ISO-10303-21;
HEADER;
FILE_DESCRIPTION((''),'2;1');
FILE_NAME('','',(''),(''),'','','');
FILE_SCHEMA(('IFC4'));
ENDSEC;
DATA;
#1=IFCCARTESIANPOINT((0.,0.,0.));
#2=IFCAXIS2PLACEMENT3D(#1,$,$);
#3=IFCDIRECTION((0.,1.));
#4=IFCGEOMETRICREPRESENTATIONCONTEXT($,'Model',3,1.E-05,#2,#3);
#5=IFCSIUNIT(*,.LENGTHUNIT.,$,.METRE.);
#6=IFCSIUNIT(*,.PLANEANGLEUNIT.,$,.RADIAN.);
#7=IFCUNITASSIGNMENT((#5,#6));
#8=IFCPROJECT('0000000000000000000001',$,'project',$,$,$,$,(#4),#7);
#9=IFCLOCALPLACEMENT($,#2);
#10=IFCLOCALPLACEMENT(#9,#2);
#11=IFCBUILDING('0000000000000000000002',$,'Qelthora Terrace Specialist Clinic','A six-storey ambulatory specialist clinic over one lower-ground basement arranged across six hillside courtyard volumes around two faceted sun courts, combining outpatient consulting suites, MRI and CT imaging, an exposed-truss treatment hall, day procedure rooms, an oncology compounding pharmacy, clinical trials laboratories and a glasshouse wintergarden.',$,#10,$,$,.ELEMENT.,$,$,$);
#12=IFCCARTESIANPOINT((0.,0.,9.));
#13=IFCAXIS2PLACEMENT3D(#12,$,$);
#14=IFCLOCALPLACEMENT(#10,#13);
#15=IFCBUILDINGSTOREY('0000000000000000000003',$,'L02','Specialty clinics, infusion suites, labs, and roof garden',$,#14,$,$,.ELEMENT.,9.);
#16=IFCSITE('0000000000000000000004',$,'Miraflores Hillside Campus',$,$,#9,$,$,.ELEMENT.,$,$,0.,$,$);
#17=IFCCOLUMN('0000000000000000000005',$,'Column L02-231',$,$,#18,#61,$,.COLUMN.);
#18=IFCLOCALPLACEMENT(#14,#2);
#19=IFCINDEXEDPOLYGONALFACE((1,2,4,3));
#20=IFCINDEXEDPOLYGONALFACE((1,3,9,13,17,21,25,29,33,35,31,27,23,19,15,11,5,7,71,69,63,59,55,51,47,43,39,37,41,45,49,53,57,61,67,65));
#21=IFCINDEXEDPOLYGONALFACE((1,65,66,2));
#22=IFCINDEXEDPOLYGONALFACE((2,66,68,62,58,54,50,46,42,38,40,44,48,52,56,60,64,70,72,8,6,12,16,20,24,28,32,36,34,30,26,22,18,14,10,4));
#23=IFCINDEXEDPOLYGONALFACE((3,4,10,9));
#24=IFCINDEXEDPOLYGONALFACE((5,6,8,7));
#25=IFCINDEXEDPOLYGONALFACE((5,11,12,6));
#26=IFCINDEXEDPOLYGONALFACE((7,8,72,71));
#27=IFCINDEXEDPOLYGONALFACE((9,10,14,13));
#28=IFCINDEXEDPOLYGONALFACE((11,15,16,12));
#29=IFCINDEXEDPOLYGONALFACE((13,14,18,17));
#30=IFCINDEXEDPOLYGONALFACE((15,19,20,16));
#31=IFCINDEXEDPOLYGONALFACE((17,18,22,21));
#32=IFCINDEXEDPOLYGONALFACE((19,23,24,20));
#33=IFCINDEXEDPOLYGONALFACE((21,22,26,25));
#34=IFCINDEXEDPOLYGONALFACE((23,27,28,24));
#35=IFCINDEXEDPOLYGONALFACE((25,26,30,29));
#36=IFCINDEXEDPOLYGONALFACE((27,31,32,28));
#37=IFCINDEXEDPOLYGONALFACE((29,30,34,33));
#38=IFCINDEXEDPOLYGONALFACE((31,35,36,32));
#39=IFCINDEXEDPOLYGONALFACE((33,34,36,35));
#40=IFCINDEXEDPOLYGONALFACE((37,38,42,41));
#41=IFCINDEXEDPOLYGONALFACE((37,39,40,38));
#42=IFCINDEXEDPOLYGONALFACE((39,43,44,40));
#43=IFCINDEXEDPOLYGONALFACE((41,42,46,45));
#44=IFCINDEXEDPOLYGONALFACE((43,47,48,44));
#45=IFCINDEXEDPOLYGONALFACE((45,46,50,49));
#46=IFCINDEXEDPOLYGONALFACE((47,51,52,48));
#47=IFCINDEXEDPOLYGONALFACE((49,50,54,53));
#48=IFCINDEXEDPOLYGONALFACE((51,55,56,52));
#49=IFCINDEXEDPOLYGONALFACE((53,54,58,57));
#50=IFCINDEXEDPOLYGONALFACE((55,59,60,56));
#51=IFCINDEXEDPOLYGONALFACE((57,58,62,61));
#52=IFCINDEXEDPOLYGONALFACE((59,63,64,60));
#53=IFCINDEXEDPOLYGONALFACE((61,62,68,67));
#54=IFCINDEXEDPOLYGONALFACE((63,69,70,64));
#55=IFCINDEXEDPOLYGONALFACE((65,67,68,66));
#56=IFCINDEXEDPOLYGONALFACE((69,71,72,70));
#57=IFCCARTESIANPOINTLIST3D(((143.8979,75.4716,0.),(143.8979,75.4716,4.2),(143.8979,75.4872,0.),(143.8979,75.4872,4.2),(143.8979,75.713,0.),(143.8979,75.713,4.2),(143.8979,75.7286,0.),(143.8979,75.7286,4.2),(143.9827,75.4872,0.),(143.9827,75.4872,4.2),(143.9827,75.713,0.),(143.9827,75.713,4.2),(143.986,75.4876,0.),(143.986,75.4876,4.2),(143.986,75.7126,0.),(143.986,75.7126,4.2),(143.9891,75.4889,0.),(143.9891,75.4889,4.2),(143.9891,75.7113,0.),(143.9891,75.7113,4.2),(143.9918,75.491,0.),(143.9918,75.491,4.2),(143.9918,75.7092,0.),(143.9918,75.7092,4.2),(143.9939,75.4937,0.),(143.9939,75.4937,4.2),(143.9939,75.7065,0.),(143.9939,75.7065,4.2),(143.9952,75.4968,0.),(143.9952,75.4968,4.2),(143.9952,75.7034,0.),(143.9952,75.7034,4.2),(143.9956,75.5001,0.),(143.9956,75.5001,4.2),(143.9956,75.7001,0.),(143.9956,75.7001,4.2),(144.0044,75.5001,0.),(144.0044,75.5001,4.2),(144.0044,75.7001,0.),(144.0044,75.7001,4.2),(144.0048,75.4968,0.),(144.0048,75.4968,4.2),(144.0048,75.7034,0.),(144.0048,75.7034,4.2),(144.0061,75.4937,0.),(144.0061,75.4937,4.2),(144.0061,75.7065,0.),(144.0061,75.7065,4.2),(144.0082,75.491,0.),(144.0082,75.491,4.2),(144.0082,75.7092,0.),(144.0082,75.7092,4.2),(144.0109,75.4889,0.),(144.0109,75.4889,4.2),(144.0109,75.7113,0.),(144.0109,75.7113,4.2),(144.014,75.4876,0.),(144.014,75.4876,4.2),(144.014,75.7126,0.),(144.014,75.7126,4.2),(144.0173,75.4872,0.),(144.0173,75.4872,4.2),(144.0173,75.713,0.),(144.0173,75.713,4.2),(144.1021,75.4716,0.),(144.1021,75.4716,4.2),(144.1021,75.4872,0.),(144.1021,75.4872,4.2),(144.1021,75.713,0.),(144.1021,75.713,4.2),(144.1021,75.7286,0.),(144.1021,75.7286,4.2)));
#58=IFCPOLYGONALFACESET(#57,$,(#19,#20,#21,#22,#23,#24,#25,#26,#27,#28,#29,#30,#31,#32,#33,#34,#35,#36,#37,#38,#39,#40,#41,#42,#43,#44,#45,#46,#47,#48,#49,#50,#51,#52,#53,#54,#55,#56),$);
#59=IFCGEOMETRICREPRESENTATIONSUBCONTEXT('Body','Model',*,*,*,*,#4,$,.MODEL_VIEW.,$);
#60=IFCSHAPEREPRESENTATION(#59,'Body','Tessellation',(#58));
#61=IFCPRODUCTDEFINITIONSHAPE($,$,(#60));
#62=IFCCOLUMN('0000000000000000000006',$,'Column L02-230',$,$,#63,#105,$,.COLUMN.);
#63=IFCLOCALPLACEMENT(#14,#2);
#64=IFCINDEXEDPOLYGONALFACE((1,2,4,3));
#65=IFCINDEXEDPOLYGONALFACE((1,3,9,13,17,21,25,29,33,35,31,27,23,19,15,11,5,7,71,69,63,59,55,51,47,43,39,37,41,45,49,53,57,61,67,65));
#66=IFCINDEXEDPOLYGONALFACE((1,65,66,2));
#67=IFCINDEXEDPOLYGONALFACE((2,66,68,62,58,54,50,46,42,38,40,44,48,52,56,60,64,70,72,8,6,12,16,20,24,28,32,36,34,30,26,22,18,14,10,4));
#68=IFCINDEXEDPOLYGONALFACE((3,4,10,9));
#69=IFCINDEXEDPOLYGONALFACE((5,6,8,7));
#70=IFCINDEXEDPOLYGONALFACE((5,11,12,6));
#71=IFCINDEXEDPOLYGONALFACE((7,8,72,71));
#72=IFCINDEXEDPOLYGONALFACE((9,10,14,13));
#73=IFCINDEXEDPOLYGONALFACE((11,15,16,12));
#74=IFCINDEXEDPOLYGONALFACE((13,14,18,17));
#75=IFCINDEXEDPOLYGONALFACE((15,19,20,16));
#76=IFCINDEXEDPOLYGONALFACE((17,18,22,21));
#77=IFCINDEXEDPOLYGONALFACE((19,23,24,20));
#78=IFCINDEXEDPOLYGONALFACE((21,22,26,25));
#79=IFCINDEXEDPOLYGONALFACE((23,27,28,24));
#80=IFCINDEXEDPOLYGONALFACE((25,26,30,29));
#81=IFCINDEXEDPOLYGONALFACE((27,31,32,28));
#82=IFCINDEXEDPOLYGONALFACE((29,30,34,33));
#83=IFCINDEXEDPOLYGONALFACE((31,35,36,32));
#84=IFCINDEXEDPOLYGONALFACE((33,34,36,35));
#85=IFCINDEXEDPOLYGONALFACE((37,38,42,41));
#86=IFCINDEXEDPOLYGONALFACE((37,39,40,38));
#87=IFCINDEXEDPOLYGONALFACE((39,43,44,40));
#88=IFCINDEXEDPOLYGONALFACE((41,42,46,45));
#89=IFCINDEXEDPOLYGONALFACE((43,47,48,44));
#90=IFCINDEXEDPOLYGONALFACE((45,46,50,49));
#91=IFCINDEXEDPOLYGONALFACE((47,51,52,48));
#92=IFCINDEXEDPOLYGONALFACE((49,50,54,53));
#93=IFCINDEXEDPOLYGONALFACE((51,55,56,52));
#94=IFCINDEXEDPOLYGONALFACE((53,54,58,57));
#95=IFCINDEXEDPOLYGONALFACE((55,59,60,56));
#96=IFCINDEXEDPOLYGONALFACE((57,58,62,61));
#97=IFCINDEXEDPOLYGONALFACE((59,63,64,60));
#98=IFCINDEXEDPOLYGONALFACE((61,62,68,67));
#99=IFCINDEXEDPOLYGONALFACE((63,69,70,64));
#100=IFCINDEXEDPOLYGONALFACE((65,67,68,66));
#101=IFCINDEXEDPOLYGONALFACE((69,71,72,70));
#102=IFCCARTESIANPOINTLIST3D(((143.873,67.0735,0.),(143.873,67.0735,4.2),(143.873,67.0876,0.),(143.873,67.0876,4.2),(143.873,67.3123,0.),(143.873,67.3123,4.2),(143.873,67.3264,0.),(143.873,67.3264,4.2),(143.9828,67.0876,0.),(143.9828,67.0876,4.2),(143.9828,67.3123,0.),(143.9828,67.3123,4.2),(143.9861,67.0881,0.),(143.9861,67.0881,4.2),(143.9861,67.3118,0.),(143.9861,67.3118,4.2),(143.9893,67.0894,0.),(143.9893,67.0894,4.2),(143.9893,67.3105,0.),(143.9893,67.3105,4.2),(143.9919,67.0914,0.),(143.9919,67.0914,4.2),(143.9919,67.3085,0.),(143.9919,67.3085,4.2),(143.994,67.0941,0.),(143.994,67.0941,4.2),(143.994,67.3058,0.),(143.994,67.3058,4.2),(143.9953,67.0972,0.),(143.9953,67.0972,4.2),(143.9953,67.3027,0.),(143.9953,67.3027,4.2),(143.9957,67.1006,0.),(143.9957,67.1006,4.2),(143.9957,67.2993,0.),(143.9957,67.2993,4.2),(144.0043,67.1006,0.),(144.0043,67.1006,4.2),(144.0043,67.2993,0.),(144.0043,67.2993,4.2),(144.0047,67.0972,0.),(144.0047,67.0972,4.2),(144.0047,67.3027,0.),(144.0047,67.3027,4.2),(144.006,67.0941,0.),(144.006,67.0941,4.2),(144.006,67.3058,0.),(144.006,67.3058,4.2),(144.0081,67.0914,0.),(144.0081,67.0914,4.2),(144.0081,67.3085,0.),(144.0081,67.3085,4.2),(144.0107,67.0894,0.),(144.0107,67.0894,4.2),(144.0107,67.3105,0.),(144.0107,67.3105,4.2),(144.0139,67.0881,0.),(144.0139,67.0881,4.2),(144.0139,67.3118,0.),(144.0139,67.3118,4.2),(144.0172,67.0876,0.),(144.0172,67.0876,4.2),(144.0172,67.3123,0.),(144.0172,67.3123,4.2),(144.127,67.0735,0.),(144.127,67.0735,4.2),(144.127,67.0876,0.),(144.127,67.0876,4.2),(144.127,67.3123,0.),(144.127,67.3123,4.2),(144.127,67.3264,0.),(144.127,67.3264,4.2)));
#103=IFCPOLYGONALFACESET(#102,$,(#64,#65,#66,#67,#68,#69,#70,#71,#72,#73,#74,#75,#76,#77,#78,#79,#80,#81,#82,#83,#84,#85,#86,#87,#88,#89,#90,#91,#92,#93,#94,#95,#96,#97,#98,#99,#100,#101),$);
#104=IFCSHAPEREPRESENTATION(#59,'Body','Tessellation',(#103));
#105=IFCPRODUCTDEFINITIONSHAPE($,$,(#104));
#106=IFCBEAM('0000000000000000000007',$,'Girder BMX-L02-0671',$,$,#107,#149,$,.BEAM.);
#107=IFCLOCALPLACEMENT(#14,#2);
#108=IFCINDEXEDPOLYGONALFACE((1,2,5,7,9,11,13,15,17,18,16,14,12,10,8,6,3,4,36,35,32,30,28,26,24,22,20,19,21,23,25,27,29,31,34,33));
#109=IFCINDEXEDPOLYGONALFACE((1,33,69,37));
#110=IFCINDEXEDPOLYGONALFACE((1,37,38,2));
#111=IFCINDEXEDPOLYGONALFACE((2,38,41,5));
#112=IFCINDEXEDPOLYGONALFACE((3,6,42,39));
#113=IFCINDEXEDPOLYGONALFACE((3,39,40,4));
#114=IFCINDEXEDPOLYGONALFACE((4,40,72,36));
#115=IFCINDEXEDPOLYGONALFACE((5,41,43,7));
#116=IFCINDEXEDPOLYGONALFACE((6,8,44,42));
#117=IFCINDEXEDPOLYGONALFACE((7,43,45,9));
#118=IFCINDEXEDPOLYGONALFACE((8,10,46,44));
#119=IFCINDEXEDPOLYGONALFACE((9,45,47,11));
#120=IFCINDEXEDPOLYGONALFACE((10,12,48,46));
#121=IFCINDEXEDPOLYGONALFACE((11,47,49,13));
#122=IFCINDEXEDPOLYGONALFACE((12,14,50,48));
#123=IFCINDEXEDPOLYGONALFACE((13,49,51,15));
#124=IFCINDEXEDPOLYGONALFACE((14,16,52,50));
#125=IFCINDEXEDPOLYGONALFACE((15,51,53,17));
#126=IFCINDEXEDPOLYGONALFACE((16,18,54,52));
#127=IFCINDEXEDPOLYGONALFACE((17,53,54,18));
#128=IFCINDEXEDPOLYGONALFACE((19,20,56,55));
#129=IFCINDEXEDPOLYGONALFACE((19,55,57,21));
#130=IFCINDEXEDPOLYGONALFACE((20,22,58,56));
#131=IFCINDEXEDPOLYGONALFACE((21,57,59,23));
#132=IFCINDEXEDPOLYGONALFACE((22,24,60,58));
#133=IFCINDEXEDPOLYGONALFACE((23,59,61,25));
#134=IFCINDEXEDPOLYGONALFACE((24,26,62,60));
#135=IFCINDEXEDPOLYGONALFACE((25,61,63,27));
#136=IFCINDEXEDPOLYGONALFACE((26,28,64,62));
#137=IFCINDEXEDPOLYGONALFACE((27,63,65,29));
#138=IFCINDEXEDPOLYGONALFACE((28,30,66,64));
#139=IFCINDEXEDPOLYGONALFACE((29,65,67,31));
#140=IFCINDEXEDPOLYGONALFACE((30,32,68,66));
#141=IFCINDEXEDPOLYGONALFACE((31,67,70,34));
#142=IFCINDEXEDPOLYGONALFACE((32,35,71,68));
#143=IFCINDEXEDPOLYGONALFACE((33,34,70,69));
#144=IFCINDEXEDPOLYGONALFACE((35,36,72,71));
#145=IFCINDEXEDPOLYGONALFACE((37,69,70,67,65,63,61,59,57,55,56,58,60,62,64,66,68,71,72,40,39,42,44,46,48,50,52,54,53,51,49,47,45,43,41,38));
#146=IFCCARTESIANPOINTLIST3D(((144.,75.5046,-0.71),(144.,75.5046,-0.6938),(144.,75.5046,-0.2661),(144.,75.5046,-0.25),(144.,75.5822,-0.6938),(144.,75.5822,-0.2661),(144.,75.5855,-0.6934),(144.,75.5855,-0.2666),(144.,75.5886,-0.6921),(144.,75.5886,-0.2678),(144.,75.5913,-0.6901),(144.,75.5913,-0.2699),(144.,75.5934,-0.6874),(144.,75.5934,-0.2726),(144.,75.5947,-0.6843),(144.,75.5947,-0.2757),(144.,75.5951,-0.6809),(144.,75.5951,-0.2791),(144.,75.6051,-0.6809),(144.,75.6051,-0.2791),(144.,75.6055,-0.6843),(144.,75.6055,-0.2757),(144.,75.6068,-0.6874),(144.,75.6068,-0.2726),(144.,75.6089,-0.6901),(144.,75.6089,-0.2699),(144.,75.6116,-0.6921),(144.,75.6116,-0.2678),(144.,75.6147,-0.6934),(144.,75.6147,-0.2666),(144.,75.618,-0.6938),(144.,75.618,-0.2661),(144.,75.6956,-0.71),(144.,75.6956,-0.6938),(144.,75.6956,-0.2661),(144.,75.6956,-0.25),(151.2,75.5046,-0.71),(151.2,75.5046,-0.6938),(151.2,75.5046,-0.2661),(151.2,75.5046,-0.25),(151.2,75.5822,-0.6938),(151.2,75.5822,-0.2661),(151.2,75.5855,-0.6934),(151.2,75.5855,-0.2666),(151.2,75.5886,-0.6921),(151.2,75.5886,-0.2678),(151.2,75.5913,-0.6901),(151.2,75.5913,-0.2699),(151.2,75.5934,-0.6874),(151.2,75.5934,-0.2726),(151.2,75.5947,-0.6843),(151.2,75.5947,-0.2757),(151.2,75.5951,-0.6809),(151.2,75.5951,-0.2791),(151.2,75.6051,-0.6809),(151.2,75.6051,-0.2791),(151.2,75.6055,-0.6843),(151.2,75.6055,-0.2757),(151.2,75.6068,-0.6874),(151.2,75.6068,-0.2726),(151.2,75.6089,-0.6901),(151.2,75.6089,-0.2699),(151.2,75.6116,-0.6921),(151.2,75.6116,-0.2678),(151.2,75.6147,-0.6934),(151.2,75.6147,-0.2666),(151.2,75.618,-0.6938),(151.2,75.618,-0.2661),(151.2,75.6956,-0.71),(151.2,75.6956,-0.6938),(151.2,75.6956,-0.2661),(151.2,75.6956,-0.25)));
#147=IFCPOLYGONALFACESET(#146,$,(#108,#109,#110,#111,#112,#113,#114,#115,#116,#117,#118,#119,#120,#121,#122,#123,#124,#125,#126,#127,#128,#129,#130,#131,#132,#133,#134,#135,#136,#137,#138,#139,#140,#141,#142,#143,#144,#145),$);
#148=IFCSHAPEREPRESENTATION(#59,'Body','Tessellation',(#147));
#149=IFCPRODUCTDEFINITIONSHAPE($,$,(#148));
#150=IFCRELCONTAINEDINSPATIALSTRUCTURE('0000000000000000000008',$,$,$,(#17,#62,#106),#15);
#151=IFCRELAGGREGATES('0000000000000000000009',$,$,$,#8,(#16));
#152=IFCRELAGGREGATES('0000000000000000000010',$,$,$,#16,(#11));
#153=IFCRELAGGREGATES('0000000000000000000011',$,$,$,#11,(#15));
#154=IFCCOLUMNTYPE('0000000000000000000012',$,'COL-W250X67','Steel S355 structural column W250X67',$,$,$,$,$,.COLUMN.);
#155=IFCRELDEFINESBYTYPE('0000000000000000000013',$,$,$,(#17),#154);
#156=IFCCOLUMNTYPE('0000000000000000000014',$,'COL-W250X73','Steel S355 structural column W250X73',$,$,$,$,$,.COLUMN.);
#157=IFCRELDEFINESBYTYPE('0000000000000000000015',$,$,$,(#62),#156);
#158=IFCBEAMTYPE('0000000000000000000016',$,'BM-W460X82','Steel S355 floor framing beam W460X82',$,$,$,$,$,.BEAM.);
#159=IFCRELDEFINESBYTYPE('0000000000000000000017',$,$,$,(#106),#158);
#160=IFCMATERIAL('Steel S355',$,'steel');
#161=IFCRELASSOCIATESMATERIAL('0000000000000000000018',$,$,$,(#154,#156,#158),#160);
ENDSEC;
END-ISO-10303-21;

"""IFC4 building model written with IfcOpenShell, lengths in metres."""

from ifc_helpers import new_model, si_unit, direction, frame, origin, origin_2d, place, context, subcontext, project, spatial, i_section, extrude, material, material_profile, profile_set, type_object, element, save


model = new_model("IFC4")

# Units and contexts
model_context = context("Model", 3, precision=1e-05, world=origin(), true_north=direction((0.0, 1.0)))
body_context = subcontext(model_context, "Body", "Model", "MODEL_VIEW")
ifc_project = project(units=[si_unit("LENGTHUNIT", "METRE"), si_unit("PLANEANGLEUNIT", "RADIAN")], contexts=[model_context])

# Site, building, storey
site_placement = place(None, origin())
site = spatial("IfcSite", under=ifc_project, at=site_placement, Name="Miraflores Hillside Campus", CompositionType="ELEMENT", RefElevation=0.0)
building_placement = place(site_placement, origin())
building = spatial("IfcBuilding", under=site, at=building_placement, Name="Qelthora Terrace Specialist Clinic", Description="A six-storey ambulatory specialist clinic over one lower-ground basement arranged across six hillside courtyard volumes around two faceted sun courts, combining outpatient consulting suites, MRI and CT imaging, an exposed-truss treatment hall, day procedure rooms, an oncology compounding pharmacy, clinical trials laboratories and a glasshouse wintergarden.", CompositionType="ELEMENT")
storey_placement = place(building_placement, frame((0.0, 0.0, 9.0)))
storey = spatial("IfcBuildingStorey", under=building, at=storey_placement, Name="L02", Description="Specialty clinics, infusion suites, labs, and roof garden", CompositionType="ELEMENT", Elevation=9.0)

# Columns
ifc_material_1 = material(Name="Steel S355", Category="steel")
ifc_material_profile_1 = material_profile(ifc_material_1, i_section(OverallWidth=0.2041, OverallDepth=0.2571, WebThickness=0.0088, FlangeThickness=0.0156, FilletRadius=0.0129, at=origin_2d()), Name="W250X67")
ifc_profile_set_1 = profile_set([ifc_material_profile_1], Name="Steel S355")
column_type_1 = type_object("IfcColumnType", Name="COL-W250X67", Description="Steel S355 structural column W250X67", PredefinedType="COLUMN", material=ifc_profile_set_1)
column_1_placement = place(storey_placement, frame((144.0, 75.6001, 0.0), z_axis=(0.0, 0.0, 1.0), x_axis=(1.0, 0.0, 0.0)))
element("IfcColumn", 1, at=column_1_placement, inside=storey, type_object=column_type_1, Name="Column L02-231", PredefinedType="COLUMN", context=body_context, shape_type="SweptSolid", body=[
    extrude(i_section(OverallWidth=0.2041, OverallDepth=0.2571, WebThickness=0.0088, FlangeThickness=0.0156, FilletRadius=0.0129, at=origin_2d()), origin(), (0.0, 0.0, 1.0), 4.2),
])
ifc_material_profile_2 = material_profile(ifc_material_1, i_section(OverallWidth=0.2539, OverallDepth=0.2529, WebThickness=0.0085, FlangeThickness=0.0142, FilletRadius=0.0129, at=origin_2d()), Name="W250X73")
ifc_profile_set_2 = profile_set([ifc_material_profile_2], Name="Steel S355")
column_type_2 = type_object("IfcColumnType", Name="COL-W250X73", Description="Steel S355 structural column W250X73", PredefinedType="COLUMN", material=ifc_profile_set_2)
column_2_placement = place(storey_placement, frame((144.0, 67.2, 0.0), z_axis=(0.0, 0.0, 1.0), x_axis=(1.0, 0.0, 0.0)))
element("IfcColumn", 2, at=column_2_placement, inside=storey, type_object=column_type_2, Name="Column L02-230", PredefinedType="COLUMN", context=body_context, shape_type="SweptSolid", body=[
    extrude(i_section(OverallWidth=0.2539, OverallDepth=0.2529, WebThickness=0.0085, FlangeThickness=0.0142, FilletRadius=0.0129, at=origin_2d()), origin(), (0.0, 0.0, 1.0), 4.2),
])

# Beam
ifc_material_profile_3 = material_profile(ifc_material_1, i_section(OverallWidth=0.1909, OverallDepth=0.46, WebThickness=0.01, FlangeThickness=0.0161, FilletRadius=0.0129, at=origin_2d()), Name="W460X82")
ifc_profile_set_3 = profile_set([ifc_material_profile_3], Name="Steel S355")
beam_type_1 = type_object("IfcBeamType", Name="BM-W460X82", Description="Steel S355 floor framing beam W460X82", PredefinedType="BEAM", material=ifc_profile_set_3)
beam_1_placement = place(storey_placement, frame((144.0, 75.6001, -0.48), z_axis=(1.0, 0.0, 0.0), x_axis=(0.0, 1.0, 0.0)))
element("IfcBeam", 3, at=beam_1_placement, inside=storey, type_object=beam_type_1, Name="Girder BMX-L02-0671", PredefinedType="BEAM", context=body_context, shape_type="SweptSolid", body=[
    extrude(i_section(OverallWidth=0.1909, OverallDepth=0.46, WebThickness=0.01, FlangeThickness=0.0161, FilletRadius=0.0129, at=origin_2d()), origin(), (0.0, 0.0, 1.0), 7.2),
])

save(model, "model.ifc")
